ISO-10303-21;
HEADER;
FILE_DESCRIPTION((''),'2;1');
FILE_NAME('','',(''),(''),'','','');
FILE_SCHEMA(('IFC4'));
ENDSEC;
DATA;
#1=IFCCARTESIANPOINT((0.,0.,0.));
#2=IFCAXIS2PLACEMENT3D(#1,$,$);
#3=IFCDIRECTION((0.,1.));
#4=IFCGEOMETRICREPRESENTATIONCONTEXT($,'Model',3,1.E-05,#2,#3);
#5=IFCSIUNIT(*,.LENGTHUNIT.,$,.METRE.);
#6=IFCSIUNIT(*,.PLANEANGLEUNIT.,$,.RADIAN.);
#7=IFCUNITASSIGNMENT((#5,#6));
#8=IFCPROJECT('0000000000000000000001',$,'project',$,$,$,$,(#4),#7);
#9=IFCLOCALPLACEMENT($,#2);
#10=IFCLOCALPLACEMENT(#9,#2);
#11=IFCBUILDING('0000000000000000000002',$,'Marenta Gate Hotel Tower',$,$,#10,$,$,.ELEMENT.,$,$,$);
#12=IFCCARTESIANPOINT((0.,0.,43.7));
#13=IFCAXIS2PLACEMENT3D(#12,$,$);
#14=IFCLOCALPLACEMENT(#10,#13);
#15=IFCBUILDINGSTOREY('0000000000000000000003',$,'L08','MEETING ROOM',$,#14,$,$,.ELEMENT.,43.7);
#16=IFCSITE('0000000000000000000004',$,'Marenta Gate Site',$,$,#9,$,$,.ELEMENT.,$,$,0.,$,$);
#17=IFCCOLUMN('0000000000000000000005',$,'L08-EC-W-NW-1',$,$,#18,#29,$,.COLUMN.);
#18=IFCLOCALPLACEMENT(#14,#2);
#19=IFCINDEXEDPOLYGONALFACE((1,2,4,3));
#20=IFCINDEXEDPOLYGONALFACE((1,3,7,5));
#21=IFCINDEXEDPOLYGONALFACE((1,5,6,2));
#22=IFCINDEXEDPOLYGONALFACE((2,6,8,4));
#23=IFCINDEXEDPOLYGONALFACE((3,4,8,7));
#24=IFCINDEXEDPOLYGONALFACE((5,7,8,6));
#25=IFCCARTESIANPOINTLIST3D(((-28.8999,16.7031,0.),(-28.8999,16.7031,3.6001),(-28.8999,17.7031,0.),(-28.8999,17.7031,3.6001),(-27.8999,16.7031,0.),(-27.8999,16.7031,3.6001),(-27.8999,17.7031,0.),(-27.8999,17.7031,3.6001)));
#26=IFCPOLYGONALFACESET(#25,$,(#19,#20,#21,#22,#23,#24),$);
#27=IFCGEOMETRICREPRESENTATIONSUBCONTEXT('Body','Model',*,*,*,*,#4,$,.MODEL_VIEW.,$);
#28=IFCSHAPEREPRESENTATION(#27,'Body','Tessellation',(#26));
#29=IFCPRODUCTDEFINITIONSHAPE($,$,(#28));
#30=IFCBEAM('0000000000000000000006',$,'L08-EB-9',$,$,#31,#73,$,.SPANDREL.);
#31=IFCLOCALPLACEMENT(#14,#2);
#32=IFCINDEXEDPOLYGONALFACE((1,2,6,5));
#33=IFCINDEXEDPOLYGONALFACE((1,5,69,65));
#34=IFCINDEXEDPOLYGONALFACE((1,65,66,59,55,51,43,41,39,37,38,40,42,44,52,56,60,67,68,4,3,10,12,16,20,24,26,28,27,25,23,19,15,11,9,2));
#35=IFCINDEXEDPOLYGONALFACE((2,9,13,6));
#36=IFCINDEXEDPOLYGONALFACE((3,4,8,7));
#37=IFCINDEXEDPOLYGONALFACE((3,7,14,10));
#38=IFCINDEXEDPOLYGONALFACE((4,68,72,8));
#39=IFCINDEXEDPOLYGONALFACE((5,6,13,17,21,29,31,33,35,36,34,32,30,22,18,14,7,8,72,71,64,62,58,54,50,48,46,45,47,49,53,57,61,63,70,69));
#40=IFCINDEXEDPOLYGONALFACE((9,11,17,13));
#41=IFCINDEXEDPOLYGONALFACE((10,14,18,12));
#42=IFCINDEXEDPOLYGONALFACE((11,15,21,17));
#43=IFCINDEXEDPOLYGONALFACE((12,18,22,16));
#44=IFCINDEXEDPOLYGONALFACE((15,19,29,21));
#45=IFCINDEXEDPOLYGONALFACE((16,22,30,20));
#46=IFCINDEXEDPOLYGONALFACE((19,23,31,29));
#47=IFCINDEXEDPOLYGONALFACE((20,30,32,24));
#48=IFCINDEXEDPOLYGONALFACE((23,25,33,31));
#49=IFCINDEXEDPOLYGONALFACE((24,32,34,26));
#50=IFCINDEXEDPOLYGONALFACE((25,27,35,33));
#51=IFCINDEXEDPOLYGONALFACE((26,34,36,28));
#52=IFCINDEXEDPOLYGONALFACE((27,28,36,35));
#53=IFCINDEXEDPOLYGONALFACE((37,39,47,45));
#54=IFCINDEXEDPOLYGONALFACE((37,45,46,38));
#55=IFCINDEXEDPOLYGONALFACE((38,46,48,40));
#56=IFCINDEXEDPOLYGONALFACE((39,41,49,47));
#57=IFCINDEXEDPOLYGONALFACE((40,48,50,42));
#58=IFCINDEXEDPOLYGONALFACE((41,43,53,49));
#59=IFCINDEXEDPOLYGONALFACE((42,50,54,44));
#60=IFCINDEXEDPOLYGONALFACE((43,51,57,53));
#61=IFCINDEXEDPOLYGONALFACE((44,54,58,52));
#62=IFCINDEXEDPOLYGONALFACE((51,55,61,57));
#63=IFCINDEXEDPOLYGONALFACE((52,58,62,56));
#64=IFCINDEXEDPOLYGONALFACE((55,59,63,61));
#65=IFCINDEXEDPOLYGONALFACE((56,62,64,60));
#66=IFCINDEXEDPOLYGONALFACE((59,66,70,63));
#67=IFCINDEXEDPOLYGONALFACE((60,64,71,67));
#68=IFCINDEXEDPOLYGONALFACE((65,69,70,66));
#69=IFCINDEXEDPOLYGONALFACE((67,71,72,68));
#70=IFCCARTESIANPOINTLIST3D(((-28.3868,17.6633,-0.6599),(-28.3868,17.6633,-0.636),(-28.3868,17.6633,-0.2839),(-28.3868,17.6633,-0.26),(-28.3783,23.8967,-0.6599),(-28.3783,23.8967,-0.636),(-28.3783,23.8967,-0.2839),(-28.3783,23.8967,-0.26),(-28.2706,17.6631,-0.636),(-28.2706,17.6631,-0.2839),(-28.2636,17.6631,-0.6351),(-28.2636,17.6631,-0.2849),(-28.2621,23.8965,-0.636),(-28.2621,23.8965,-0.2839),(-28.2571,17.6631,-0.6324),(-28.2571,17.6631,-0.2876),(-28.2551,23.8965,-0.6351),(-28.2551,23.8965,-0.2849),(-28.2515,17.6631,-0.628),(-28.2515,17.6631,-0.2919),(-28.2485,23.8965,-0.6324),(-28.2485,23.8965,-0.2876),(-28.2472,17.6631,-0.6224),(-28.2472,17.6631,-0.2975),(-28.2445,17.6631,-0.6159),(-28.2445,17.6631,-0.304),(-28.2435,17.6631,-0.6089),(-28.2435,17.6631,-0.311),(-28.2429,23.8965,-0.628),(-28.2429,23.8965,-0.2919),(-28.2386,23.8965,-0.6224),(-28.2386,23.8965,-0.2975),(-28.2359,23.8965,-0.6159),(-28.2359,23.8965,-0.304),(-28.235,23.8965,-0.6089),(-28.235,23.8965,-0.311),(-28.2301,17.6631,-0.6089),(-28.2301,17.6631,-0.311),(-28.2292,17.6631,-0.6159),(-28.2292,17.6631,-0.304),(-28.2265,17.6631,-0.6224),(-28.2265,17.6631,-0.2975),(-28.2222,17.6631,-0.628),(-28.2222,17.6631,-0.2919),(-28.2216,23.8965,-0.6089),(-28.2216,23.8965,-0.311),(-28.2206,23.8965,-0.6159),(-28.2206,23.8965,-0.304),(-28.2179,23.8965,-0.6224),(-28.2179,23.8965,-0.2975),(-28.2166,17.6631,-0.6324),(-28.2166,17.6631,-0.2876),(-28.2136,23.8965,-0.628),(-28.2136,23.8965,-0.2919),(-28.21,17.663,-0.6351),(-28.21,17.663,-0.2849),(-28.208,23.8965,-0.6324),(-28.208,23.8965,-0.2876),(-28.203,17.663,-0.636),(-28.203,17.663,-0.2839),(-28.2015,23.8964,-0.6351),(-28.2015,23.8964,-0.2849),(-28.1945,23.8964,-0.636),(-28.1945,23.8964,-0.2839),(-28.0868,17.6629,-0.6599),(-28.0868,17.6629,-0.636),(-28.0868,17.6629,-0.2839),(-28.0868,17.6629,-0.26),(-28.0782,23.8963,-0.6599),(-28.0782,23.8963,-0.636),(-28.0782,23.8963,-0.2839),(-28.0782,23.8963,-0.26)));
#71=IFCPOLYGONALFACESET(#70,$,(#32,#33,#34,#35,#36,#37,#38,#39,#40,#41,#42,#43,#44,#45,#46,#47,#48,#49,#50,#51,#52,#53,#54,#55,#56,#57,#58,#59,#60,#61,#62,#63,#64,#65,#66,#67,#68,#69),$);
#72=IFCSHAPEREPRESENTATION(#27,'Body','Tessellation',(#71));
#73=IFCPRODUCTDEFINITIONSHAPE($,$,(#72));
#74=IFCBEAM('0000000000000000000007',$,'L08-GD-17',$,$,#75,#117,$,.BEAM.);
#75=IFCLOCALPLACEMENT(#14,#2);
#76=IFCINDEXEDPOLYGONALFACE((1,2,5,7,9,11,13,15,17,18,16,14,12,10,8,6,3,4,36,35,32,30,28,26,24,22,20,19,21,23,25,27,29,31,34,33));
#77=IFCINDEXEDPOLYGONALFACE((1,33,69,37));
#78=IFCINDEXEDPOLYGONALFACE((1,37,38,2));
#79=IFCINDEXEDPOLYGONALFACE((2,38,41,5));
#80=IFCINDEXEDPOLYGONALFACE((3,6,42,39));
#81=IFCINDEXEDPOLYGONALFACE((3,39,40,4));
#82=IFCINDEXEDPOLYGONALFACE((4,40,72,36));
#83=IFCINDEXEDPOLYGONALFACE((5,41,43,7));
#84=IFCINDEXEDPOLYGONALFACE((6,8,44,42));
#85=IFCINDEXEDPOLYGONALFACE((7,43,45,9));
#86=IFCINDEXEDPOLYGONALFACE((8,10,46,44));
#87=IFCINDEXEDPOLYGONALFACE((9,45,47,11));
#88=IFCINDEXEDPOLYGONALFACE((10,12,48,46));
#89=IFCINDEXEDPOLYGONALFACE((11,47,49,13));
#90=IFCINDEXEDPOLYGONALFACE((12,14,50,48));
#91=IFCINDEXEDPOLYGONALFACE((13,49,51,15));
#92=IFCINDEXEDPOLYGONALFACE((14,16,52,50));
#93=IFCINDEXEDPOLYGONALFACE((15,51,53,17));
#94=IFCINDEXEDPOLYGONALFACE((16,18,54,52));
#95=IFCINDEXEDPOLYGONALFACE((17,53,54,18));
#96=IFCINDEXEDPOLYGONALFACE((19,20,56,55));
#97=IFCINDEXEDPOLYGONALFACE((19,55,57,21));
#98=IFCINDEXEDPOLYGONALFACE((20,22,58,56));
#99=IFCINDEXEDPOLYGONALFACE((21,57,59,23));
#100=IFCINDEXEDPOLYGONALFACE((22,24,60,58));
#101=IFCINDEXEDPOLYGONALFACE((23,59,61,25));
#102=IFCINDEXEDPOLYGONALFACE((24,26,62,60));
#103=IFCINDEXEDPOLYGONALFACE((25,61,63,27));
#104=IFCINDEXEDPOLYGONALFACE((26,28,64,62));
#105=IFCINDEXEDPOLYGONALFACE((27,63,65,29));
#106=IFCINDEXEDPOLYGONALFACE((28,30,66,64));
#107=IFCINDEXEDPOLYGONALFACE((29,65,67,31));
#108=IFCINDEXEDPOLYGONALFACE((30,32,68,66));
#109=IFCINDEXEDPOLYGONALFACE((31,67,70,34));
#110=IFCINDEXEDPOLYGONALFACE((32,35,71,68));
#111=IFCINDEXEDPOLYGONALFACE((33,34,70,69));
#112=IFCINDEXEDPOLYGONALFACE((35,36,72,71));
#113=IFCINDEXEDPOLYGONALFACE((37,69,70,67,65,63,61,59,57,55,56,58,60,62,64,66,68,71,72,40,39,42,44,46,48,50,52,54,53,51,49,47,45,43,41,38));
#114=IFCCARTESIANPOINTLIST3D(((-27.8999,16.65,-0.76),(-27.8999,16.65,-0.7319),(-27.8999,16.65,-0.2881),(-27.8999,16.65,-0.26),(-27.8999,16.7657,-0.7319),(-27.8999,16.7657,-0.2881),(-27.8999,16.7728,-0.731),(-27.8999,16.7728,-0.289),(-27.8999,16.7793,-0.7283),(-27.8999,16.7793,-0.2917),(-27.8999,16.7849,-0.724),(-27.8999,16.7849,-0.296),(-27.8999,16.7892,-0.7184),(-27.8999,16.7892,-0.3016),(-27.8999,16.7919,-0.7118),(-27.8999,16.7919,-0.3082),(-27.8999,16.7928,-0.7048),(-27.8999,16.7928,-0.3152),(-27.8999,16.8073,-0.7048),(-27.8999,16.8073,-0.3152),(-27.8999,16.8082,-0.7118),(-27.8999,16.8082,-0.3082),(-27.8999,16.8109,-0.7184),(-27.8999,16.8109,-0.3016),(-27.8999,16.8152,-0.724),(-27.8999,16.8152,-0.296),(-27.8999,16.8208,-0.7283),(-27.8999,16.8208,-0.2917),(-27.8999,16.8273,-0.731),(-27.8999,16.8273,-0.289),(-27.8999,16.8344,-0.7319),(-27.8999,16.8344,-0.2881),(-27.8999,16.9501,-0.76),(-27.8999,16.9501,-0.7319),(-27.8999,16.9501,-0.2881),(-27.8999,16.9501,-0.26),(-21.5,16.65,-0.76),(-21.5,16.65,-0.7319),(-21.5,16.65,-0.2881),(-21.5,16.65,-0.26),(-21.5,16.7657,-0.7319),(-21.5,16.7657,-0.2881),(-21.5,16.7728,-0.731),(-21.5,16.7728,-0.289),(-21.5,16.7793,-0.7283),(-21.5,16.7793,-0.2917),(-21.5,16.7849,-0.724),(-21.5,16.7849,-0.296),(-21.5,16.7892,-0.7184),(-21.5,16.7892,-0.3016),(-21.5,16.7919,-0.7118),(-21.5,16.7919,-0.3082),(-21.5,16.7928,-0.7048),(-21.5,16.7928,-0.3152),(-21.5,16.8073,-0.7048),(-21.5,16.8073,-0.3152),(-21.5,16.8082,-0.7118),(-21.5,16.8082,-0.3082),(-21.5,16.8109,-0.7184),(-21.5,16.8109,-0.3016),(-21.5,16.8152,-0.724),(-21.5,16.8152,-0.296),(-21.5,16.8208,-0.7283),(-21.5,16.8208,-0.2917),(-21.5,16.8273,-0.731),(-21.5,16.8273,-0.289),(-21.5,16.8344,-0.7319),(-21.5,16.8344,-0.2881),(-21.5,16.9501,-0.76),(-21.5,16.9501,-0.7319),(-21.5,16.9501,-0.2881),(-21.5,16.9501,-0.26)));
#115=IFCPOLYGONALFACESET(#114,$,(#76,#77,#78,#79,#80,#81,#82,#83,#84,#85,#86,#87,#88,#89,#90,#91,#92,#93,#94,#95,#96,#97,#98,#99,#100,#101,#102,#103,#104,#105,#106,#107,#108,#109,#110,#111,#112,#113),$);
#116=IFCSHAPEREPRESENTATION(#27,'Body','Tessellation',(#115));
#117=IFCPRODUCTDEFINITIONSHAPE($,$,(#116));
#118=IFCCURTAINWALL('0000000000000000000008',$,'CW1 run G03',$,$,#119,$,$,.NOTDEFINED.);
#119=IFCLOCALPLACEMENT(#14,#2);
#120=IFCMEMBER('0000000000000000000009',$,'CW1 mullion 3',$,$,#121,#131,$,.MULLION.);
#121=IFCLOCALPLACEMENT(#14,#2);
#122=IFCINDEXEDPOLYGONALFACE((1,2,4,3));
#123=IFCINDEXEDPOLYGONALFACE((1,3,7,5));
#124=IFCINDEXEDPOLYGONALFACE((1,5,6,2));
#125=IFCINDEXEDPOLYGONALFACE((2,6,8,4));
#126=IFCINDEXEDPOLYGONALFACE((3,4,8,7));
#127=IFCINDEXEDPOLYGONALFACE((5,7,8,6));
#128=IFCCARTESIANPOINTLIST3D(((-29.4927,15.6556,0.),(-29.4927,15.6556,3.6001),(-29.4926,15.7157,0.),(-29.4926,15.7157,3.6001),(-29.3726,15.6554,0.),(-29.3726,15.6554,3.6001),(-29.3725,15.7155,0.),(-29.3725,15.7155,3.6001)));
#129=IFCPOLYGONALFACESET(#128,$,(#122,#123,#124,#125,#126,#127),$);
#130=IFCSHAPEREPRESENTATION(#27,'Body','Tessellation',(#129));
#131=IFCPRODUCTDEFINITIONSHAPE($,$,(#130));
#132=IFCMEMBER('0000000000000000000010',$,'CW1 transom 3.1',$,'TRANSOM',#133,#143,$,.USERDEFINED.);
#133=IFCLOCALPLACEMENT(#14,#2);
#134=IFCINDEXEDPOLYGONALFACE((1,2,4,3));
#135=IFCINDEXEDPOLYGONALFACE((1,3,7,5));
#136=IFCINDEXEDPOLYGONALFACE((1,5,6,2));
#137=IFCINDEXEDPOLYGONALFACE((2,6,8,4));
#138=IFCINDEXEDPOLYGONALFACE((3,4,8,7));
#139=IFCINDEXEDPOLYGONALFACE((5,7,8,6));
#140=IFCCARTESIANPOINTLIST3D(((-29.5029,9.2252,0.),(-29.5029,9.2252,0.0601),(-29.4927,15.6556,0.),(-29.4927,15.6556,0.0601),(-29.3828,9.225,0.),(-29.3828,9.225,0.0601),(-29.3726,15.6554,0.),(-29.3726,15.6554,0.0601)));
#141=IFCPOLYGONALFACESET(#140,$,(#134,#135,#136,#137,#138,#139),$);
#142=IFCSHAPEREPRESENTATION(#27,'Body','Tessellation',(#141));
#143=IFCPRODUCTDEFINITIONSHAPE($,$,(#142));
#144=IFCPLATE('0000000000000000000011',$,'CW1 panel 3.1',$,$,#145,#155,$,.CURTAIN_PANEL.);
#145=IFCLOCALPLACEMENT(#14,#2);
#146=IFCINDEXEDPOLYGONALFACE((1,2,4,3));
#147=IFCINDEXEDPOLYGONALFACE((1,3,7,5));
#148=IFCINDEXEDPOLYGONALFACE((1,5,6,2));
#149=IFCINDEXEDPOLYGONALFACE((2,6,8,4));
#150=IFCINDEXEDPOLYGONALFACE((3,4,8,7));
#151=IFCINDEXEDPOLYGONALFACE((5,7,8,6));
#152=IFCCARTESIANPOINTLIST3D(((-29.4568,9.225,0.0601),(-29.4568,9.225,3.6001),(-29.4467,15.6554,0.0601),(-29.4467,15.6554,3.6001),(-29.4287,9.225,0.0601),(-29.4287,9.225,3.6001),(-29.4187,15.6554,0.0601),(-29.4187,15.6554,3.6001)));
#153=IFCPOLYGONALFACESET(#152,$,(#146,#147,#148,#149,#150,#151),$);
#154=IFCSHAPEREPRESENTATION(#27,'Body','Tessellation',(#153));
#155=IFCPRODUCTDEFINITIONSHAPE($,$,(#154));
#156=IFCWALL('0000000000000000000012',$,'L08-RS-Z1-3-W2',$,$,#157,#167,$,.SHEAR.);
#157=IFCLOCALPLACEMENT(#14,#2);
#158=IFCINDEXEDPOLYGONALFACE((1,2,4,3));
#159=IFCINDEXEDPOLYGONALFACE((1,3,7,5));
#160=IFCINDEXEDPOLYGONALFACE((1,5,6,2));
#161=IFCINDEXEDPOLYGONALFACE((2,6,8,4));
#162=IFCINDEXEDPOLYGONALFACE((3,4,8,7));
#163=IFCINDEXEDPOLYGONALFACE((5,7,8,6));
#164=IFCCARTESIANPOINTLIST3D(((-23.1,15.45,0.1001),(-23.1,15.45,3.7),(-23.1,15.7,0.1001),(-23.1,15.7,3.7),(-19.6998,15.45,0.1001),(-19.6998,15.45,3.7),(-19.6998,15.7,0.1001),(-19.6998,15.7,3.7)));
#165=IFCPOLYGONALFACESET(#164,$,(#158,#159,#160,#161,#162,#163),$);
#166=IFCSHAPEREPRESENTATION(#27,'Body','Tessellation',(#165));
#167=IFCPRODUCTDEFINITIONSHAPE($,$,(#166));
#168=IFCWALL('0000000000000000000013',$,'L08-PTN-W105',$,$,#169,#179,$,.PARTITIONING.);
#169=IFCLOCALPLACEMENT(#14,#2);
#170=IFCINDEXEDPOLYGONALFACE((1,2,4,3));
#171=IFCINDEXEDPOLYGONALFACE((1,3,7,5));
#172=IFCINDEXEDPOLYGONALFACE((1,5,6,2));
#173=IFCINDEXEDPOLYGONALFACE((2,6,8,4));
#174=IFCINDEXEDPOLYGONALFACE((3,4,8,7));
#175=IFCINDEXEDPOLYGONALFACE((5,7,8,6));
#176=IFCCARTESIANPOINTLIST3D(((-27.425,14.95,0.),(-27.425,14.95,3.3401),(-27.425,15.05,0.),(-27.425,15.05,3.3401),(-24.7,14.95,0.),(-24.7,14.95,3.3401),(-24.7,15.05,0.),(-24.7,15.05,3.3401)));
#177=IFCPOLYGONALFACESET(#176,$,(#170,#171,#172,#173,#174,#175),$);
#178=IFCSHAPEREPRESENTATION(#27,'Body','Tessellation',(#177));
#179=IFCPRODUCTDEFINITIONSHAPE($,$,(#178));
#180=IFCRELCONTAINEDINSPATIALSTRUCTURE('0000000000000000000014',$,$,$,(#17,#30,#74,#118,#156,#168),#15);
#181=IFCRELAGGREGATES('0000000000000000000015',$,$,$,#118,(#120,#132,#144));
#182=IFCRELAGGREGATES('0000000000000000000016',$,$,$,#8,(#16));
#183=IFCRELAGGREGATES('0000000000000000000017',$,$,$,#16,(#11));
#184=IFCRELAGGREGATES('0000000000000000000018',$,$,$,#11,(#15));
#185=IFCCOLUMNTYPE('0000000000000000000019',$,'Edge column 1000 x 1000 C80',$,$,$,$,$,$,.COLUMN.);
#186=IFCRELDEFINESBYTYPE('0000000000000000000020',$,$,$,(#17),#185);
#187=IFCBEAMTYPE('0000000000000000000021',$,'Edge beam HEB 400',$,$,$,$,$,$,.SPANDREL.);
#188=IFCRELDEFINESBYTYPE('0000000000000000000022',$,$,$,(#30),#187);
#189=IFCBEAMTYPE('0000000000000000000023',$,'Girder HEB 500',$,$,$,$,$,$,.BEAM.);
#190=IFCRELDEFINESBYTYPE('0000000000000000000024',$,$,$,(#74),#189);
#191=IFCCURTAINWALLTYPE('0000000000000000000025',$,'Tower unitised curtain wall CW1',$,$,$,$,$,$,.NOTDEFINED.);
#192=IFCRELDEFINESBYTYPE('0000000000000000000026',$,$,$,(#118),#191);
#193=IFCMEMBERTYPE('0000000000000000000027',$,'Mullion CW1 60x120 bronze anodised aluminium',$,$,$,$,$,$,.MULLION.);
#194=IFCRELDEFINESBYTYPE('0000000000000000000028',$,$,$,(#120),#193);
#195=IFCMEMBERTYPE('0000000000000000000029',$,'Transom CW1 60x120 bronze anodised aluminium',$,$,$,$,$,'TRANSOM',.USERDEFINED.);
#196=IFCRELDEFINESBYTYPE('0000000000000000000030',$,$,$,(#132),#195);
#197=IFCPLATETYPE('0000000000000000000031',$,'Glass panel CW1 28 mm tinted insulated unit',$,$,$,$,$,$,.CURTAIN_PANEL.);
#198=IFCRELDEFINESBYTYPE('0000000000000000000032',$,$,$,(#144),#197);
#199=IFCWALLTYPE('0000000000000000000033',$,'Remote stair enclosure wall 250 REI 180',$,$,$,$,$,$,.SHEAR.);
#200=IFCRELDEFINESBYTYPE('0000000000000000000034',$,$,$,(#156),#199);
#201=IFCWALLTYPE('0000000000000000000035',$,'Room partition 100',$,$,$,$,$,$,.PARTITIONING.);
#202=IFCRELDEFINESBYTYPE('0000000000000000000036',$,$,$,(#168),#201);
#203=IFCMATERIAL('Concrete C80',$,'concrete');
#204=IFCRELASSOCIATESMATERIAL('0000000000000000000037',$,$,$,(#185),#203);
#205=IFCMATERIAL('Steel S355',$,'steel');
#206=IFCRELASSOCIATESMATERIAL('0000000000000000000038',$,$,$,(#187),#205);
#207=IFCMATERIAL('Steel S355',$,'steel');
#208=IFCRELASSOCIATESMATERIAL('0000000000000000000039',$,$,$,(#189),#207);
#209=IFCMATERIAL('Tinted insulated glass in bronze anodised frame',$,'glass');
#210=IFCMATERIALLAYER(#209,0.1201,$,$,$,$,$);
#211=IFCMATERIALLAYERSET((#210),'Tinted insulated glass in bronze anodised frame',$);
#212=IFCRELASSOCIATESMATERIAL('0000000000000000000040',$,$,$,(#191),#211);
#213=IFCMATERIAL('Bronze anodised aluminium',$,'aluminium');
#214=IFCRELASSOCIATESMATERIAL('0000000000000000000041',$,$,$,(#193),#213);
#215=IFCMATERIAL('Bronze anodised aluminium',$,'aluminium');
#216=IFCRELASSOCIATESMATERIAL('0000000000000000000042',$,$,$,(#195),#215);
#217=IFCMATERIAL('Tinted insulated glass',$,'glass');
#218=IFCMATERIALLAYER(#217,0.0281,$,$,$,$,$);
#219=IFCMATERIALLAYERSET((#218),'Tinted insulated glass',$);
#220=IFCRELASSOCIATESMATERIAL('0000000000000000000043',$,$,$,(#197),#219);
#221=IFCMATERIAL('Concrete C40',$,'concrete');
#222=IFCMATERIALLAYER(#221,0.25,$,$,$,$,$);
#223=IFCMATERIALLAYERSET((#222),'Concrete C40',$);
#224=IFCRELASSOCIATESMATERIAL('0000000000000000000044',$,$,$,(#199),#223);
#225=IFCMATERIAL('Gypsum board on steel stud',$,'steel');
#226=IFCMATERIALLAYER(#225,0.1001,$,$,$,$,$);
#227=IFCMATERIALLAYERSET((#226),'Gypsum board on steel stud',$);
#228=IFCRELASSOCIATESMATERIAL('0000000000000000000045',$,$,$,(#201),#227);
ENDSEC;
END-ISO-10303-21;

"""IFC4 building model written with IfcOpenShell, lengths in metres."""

from ifc_helpers import new_model, si_unit, direction, frame, frame_2d, origin, origin_2d, place, context, subcontext, project, spatial, rectangle, i_section, extrude, material, layer, layer_set, material_profile, profile_set, type_object, element, aggregate, save


model = new_model("IFC4")

# Units and contexts
model_context = context("Model", 3, precision=1e-05, world=origin(), true_north=direction((0.0, 1.0)))
body_context = subcontext(model_context, "Body", "Model", "MODEL_VIEW")
ifc_project = project(units=[si_unit("LENGTHUNIT", "METRE"), si_unit("PLANEANGLEUNIT", "RADIAN")], contexts=[model_context])

# Site, building, storey
site_placement = place(None, origin())
site = spatial("IfcSite", under=ifc_project, at=site_placement, Name="Marenta Gate Site", CompositionType="ELEMENT", RefElevation=0.0)
building_placement = place(site_placement, origin())
building = spatial("IfcBuilding", under=site, at=building_placement, Name="Marenta Gate Hotel Tower", CompositionType="ELEMENT")
storey_placement = place(building_placement, frame((0.0, 0.0, 43.7)))
storey = spatial("IfcBuildingStorey", under=building, at=storey_placement, Name="L08", Description="MEETING ROOM", CompositionType="ELEMENT", Elevation=43.7)

# Column
ifc_material_1 = material(Name="Concrete C80", Category="concrete")
ifc_material_profile_1 = material_profile(ifc_material_1, rectangle(XDim=1.0, YDim=1.0, at=origin_2d()), Name="1000 x 1000")
ifc_profile_set_1 = profile_set([ifc_material_profile_1], Name="Concrete C80")
column_type = type_object("IfcColumnType", Name="Edge column 1000 x 1000 C80", PredefinedType="COLUMN", material=ifc_profile_set_1)
column_placement = place(storey_placement, frame((-28.3999, 17.2031, 0.0), z_axis=(0.0, 0.0, 1.0), x_axis=(1.0, 0.0, 0.0)))
element("IfcColumn", 1, at=column_placement, inside=storey, type_object=column_type, Name="L08-EC-W-NW-1", PredefinedType="COLUMN", context=body_context, shape_type="SweptSolid", body=[
    extrude(rectangle(XDim=1.0, YDim=1.0, at=origin_2d()), origin(), (0.0, 0.0, 1.0), 3.6001),
])

# Beams
ifc_material_2 = material(Name="Steel S355", Category="steel")
ifc_material_profile_2 = material_profile(ifc_material_2, i_section(OverallWidth=0.3, OverallDepth=0.3999, WebThickness=0.0134, FlangeThickness=0.0239, FilletRadius=0.0271, at=origin_2d()), Name="HEB 400")
ifc_profile_set_2 = profile_set([ifc_material_profile_2], Name="Steel S355")
beam_type_1 = type_object("IfcBeamType", Name="Edge beam HEB 400", PredefinedType="SPANDREL", material=ifc_profile_set_2)
beam_1_placement = place(storey_placement, frame((-28.2368, 17.6631, -0.46), z_axis=(0.001371, 0.999999, 0.0), x_axis=(-0.999999, 0.001371, 0.0)))
element("IfcBeam", 2, at=beam_1_placement, inside=storey, type_object=beam_type_1, Name="L08-EB-9", PredefinedType="SPANDREL", context=body_context, shape_type="SweptSolid", body=[
    extrude(i_section(OverallWidth=0.3, OverallDepth=0.3999, WebThickness=0.0134, FlangeThickness=0.0239, FilletRadius=0.0271, at=origin_2d()), origin(), (0.0, 0.0, 1.0), 6.2334),
])
ifc_material_3 = material(Name="Steel S355", Category="steel")
ifc_material_profile_3 = material_profile(ifc_material_3, i_section(OverallWidth=0.3, OverallDepth=0.5, WebThickness=0.0144, FlangeThickness=0.0281, FilletRadius=0.0271, at=origin_2d()), Name="HEB 500")
ifc_profile_set_3 = profile_set([ifc_material_profile_3], Name="Steel S355")
beam_type_2 = type_object("IfcBeamType", Name="Girder HEB 500", PredefinedType="BEAM", material=ifc_profile_set_3)
beam_2_placement = place(storey_placement, frame((-27.8999, 16.8, -0.51), z_axis=(1.0, 0.0, 0.0), x_axis=(0.0, 1.0, 0.0)))
element("IfcBeam", 3, at=beam_2_placement, inside=storey, type_object=beam_type_2, Name="L08-GD-17", PredefinedType="BEAM", context=body_context, shape_type="SweptSolid", body=[
    extrude(i_section(OverallWidth=0.3, OverallDepth=0.5, WebThickness=0.0144, FlangeThickness=0.0281, FilletRadius=0.0271, at=origin_2d()), origin(), (0.0, 0.0, 1.0), 6.3999),
])

# Curtain wall, members, plate
ifc_material_4 = material(Name="Tinted insulated glass in bronze anodised frame", Category="glass")
ifc_layer_1 = layer(ifc_material_4, 0.1201)
ifc_layer_set_1 = layer_set([ifc_layer_1], Name="Tinted insulated glass in bronze anodised frame")
curtain_wall_type = type_object("IfcCurtainWallType", Name="Tower unitised curtain wall CW1", PredefinedType="NOTDEFINED", material=ifc_layer_set_1)
curtain_wall_placement = place(storey_placement, origin())
curtain_wall = element("IfcCurtainWall", 4, at=curtain_wall_placement, inside=storey, type_object=curtain_wall_type, Name="CW1 run G03", PredefinedType="NOTDEFINED")
ifc_material_5 = material(Name="Bronze anodised aluminium", Category="aluminium")
ifc_material_profile_4 = material_profile(ifc_material_5, rectangle(XDim=0.1201, YDim=0.0601, at=origin_2d()), Name="Mullion CW1 60x120 bronze anodised aluminium")
ifc_profile_set_4 = profile_set([ifc_material_profile_4], Name="Bronze anodised aluminium")
member_type_1 = type_object("IfcMemberType", Name="Mullion CW1 60x120 bronze anodised aluminium", PredefinedType="MULLION", material=ifc_profile_set_4)
member_1_placement = place(storey_placement, frame((-29.4326, 15.6855, 0.0), z_axis=(0.0, 0.0, 1.0), x_axis=(0.999999, -0.001566, 0.0)))
member_1 = element("IfcMember", 5, at=member_1_placement, type_object=member_type_1, Name="CW1 mullion 3", PredefinedType="MULLION", context=body_context, shape_type="SweptSolid", body=[
    extrude(rectangle(XDim=0.1201, YDim=0.0601, at=origin_2d()), origin(), (0.0, 0.0, 1.0), 3.6001),
])
ifc_material_6 = material(Name="Bronze anodised aluminium", Category="aluminium")
ifc_material_profile_5 = material_profile(ifc_material_6, rectangle(XDim=0.1201, YDim=0.0601, at=origin_2d()), Name="Transom CW1 60x120 bronze anodised aluminium")
ifc_profile_set_5 = profile_set([ifc_material_profile_5], Name="Bronze anodised aluminium")
member_type_2 = type_object("IfcMemberType", Name="Transom CW1 60x120 bronze anodised aluminium", ElementType="TRANSOM", PredefinedType="USERDEFINED", material=ifc_profile_set_5)
member_2_placement = place(storey_placement, frame((-29.4326, 15.6555, 0.03), z_axis=(-0.001595, -0.999999, 0.0), x_axis=(0.999999, -0.001595, 0.0)))
member_2 = element("IfcMember", 6, at=member_2_placement, type_object=member_type_2, Name="CW1 transom 3.1", ObjectType="TRANSOM", PredefinedType="USERDEFINED", context=body_context, shape_type="SweptSolid", body=[
    extrude(rectangle(XDim=0.1201, YDim=0.0601, at=origin_2d()), origin(), (0.0, 0.0, 1.0), 6.4304),
])
ifc_material_7 = material(Name="Tinted insulated glass", Category="glass")
ifc_layer_2 = layer(ifc_material_7, 0.0281)
ifc_layer_set_2 = layer_set([ifc_layer_2], Name="Tinted insulated glass")
plate_type = type_object("IfcPlateType", Name="Glass panel CW1 28 mm tinted insulated unit", PredefinedType="CURTAIN_PANEL", material=ifc_layer_set_2)
plate_placement = place(storey_placement, frame((-29.4377, 12.4402, 0.0601), z_axis=(0.0, 0.0, 1.0), x_axis=(-0.001566, -0.999999, 0.0)))
plate = element("IfcPlate", 7, at=plate_placement, type_object=plate_type, Name="CW1 panel 3.1", PredefinedType="CURTAIN_PANEL", context=body_context, shape_type="SweptSolid", body=[
    extrude(rectangle(XDim=6.4304, YDim=0.0281, at=origin_2d()), origin(), (0.0, 0.0, 1.0), 3.54),
])
aggregate(curtain_wall, [member_1, member_2, plate])

# Walls
ifc_material_8 = material(Name="Concrete C40", Category="concrete")
ifc_layer_3 = layer(ifc_material_8, 0.25)
ifc_layer_set_3 = layer_set([ifc_layer_3], Name="Concrete C40")
wall_type_1 = type_object("IfcWallType", Name="Remote stair enclosure wall 250 REI 180", PredefinedType="SHEAR", material=ifc_layer_set_3)
wall_1_placement = place(storey_placement, frame((-23.1001, 15.575, 0.1001), z_axis=(0.0, 0.0, 1.0), x_axis=(1.0, 0.0, 0.0)))
element("IfcWall", 8, at=wall_1_placement, inside=storey, type_object=wall_type_1, Name="L08-RS-Z1-3-W2", PredefinedType="SHEAR", context=body_context, shape_type="SweptSolid", body=[
    extrude(rectangle(XDim=3.4001, YDim=0.25, at=frame_2d((1.7002, 0.0))), origin(), (0.0, 0.0, 1.0), 3.5999),
])
ifc_material_9 = material(Name="Gypsum board on steel stud", Category="steel")
ifc_layer_4 = layer(ifc_material_9, 0.1001)
ifc_layer_set_4 = layer_set([ifc_layer_4], Name="Gypsum board on steel stud")
wall_type_2 = type_object("IfcWallType", Name="Room partition 100", PredefinedType="PARTITIONING", material=ifc_layer_set_4)
wall_2_placement = place(storey_placement, frame((-27.425, 15.0, 0.0), z_axis=(0.0, 0.0, 1.0), x_axis=(1.0, 0.0, 0.0)))
element("IfcWall", 9, at=wall_2_placement, inside=storey, type_object=wall_type_2, Name="L08-PTN-W105", PredefinedType="PARTITIONING", context=body_context, shape_type="SweptSolid", body=[
    extrude(rectangle(XDim=2.7251, YDim=0.1001, at=frame_2d((1.3625, 0.0))), origin(), (0.0, 0.0, 1.0), 3.3401),
])

save(model, "model.ifc")
